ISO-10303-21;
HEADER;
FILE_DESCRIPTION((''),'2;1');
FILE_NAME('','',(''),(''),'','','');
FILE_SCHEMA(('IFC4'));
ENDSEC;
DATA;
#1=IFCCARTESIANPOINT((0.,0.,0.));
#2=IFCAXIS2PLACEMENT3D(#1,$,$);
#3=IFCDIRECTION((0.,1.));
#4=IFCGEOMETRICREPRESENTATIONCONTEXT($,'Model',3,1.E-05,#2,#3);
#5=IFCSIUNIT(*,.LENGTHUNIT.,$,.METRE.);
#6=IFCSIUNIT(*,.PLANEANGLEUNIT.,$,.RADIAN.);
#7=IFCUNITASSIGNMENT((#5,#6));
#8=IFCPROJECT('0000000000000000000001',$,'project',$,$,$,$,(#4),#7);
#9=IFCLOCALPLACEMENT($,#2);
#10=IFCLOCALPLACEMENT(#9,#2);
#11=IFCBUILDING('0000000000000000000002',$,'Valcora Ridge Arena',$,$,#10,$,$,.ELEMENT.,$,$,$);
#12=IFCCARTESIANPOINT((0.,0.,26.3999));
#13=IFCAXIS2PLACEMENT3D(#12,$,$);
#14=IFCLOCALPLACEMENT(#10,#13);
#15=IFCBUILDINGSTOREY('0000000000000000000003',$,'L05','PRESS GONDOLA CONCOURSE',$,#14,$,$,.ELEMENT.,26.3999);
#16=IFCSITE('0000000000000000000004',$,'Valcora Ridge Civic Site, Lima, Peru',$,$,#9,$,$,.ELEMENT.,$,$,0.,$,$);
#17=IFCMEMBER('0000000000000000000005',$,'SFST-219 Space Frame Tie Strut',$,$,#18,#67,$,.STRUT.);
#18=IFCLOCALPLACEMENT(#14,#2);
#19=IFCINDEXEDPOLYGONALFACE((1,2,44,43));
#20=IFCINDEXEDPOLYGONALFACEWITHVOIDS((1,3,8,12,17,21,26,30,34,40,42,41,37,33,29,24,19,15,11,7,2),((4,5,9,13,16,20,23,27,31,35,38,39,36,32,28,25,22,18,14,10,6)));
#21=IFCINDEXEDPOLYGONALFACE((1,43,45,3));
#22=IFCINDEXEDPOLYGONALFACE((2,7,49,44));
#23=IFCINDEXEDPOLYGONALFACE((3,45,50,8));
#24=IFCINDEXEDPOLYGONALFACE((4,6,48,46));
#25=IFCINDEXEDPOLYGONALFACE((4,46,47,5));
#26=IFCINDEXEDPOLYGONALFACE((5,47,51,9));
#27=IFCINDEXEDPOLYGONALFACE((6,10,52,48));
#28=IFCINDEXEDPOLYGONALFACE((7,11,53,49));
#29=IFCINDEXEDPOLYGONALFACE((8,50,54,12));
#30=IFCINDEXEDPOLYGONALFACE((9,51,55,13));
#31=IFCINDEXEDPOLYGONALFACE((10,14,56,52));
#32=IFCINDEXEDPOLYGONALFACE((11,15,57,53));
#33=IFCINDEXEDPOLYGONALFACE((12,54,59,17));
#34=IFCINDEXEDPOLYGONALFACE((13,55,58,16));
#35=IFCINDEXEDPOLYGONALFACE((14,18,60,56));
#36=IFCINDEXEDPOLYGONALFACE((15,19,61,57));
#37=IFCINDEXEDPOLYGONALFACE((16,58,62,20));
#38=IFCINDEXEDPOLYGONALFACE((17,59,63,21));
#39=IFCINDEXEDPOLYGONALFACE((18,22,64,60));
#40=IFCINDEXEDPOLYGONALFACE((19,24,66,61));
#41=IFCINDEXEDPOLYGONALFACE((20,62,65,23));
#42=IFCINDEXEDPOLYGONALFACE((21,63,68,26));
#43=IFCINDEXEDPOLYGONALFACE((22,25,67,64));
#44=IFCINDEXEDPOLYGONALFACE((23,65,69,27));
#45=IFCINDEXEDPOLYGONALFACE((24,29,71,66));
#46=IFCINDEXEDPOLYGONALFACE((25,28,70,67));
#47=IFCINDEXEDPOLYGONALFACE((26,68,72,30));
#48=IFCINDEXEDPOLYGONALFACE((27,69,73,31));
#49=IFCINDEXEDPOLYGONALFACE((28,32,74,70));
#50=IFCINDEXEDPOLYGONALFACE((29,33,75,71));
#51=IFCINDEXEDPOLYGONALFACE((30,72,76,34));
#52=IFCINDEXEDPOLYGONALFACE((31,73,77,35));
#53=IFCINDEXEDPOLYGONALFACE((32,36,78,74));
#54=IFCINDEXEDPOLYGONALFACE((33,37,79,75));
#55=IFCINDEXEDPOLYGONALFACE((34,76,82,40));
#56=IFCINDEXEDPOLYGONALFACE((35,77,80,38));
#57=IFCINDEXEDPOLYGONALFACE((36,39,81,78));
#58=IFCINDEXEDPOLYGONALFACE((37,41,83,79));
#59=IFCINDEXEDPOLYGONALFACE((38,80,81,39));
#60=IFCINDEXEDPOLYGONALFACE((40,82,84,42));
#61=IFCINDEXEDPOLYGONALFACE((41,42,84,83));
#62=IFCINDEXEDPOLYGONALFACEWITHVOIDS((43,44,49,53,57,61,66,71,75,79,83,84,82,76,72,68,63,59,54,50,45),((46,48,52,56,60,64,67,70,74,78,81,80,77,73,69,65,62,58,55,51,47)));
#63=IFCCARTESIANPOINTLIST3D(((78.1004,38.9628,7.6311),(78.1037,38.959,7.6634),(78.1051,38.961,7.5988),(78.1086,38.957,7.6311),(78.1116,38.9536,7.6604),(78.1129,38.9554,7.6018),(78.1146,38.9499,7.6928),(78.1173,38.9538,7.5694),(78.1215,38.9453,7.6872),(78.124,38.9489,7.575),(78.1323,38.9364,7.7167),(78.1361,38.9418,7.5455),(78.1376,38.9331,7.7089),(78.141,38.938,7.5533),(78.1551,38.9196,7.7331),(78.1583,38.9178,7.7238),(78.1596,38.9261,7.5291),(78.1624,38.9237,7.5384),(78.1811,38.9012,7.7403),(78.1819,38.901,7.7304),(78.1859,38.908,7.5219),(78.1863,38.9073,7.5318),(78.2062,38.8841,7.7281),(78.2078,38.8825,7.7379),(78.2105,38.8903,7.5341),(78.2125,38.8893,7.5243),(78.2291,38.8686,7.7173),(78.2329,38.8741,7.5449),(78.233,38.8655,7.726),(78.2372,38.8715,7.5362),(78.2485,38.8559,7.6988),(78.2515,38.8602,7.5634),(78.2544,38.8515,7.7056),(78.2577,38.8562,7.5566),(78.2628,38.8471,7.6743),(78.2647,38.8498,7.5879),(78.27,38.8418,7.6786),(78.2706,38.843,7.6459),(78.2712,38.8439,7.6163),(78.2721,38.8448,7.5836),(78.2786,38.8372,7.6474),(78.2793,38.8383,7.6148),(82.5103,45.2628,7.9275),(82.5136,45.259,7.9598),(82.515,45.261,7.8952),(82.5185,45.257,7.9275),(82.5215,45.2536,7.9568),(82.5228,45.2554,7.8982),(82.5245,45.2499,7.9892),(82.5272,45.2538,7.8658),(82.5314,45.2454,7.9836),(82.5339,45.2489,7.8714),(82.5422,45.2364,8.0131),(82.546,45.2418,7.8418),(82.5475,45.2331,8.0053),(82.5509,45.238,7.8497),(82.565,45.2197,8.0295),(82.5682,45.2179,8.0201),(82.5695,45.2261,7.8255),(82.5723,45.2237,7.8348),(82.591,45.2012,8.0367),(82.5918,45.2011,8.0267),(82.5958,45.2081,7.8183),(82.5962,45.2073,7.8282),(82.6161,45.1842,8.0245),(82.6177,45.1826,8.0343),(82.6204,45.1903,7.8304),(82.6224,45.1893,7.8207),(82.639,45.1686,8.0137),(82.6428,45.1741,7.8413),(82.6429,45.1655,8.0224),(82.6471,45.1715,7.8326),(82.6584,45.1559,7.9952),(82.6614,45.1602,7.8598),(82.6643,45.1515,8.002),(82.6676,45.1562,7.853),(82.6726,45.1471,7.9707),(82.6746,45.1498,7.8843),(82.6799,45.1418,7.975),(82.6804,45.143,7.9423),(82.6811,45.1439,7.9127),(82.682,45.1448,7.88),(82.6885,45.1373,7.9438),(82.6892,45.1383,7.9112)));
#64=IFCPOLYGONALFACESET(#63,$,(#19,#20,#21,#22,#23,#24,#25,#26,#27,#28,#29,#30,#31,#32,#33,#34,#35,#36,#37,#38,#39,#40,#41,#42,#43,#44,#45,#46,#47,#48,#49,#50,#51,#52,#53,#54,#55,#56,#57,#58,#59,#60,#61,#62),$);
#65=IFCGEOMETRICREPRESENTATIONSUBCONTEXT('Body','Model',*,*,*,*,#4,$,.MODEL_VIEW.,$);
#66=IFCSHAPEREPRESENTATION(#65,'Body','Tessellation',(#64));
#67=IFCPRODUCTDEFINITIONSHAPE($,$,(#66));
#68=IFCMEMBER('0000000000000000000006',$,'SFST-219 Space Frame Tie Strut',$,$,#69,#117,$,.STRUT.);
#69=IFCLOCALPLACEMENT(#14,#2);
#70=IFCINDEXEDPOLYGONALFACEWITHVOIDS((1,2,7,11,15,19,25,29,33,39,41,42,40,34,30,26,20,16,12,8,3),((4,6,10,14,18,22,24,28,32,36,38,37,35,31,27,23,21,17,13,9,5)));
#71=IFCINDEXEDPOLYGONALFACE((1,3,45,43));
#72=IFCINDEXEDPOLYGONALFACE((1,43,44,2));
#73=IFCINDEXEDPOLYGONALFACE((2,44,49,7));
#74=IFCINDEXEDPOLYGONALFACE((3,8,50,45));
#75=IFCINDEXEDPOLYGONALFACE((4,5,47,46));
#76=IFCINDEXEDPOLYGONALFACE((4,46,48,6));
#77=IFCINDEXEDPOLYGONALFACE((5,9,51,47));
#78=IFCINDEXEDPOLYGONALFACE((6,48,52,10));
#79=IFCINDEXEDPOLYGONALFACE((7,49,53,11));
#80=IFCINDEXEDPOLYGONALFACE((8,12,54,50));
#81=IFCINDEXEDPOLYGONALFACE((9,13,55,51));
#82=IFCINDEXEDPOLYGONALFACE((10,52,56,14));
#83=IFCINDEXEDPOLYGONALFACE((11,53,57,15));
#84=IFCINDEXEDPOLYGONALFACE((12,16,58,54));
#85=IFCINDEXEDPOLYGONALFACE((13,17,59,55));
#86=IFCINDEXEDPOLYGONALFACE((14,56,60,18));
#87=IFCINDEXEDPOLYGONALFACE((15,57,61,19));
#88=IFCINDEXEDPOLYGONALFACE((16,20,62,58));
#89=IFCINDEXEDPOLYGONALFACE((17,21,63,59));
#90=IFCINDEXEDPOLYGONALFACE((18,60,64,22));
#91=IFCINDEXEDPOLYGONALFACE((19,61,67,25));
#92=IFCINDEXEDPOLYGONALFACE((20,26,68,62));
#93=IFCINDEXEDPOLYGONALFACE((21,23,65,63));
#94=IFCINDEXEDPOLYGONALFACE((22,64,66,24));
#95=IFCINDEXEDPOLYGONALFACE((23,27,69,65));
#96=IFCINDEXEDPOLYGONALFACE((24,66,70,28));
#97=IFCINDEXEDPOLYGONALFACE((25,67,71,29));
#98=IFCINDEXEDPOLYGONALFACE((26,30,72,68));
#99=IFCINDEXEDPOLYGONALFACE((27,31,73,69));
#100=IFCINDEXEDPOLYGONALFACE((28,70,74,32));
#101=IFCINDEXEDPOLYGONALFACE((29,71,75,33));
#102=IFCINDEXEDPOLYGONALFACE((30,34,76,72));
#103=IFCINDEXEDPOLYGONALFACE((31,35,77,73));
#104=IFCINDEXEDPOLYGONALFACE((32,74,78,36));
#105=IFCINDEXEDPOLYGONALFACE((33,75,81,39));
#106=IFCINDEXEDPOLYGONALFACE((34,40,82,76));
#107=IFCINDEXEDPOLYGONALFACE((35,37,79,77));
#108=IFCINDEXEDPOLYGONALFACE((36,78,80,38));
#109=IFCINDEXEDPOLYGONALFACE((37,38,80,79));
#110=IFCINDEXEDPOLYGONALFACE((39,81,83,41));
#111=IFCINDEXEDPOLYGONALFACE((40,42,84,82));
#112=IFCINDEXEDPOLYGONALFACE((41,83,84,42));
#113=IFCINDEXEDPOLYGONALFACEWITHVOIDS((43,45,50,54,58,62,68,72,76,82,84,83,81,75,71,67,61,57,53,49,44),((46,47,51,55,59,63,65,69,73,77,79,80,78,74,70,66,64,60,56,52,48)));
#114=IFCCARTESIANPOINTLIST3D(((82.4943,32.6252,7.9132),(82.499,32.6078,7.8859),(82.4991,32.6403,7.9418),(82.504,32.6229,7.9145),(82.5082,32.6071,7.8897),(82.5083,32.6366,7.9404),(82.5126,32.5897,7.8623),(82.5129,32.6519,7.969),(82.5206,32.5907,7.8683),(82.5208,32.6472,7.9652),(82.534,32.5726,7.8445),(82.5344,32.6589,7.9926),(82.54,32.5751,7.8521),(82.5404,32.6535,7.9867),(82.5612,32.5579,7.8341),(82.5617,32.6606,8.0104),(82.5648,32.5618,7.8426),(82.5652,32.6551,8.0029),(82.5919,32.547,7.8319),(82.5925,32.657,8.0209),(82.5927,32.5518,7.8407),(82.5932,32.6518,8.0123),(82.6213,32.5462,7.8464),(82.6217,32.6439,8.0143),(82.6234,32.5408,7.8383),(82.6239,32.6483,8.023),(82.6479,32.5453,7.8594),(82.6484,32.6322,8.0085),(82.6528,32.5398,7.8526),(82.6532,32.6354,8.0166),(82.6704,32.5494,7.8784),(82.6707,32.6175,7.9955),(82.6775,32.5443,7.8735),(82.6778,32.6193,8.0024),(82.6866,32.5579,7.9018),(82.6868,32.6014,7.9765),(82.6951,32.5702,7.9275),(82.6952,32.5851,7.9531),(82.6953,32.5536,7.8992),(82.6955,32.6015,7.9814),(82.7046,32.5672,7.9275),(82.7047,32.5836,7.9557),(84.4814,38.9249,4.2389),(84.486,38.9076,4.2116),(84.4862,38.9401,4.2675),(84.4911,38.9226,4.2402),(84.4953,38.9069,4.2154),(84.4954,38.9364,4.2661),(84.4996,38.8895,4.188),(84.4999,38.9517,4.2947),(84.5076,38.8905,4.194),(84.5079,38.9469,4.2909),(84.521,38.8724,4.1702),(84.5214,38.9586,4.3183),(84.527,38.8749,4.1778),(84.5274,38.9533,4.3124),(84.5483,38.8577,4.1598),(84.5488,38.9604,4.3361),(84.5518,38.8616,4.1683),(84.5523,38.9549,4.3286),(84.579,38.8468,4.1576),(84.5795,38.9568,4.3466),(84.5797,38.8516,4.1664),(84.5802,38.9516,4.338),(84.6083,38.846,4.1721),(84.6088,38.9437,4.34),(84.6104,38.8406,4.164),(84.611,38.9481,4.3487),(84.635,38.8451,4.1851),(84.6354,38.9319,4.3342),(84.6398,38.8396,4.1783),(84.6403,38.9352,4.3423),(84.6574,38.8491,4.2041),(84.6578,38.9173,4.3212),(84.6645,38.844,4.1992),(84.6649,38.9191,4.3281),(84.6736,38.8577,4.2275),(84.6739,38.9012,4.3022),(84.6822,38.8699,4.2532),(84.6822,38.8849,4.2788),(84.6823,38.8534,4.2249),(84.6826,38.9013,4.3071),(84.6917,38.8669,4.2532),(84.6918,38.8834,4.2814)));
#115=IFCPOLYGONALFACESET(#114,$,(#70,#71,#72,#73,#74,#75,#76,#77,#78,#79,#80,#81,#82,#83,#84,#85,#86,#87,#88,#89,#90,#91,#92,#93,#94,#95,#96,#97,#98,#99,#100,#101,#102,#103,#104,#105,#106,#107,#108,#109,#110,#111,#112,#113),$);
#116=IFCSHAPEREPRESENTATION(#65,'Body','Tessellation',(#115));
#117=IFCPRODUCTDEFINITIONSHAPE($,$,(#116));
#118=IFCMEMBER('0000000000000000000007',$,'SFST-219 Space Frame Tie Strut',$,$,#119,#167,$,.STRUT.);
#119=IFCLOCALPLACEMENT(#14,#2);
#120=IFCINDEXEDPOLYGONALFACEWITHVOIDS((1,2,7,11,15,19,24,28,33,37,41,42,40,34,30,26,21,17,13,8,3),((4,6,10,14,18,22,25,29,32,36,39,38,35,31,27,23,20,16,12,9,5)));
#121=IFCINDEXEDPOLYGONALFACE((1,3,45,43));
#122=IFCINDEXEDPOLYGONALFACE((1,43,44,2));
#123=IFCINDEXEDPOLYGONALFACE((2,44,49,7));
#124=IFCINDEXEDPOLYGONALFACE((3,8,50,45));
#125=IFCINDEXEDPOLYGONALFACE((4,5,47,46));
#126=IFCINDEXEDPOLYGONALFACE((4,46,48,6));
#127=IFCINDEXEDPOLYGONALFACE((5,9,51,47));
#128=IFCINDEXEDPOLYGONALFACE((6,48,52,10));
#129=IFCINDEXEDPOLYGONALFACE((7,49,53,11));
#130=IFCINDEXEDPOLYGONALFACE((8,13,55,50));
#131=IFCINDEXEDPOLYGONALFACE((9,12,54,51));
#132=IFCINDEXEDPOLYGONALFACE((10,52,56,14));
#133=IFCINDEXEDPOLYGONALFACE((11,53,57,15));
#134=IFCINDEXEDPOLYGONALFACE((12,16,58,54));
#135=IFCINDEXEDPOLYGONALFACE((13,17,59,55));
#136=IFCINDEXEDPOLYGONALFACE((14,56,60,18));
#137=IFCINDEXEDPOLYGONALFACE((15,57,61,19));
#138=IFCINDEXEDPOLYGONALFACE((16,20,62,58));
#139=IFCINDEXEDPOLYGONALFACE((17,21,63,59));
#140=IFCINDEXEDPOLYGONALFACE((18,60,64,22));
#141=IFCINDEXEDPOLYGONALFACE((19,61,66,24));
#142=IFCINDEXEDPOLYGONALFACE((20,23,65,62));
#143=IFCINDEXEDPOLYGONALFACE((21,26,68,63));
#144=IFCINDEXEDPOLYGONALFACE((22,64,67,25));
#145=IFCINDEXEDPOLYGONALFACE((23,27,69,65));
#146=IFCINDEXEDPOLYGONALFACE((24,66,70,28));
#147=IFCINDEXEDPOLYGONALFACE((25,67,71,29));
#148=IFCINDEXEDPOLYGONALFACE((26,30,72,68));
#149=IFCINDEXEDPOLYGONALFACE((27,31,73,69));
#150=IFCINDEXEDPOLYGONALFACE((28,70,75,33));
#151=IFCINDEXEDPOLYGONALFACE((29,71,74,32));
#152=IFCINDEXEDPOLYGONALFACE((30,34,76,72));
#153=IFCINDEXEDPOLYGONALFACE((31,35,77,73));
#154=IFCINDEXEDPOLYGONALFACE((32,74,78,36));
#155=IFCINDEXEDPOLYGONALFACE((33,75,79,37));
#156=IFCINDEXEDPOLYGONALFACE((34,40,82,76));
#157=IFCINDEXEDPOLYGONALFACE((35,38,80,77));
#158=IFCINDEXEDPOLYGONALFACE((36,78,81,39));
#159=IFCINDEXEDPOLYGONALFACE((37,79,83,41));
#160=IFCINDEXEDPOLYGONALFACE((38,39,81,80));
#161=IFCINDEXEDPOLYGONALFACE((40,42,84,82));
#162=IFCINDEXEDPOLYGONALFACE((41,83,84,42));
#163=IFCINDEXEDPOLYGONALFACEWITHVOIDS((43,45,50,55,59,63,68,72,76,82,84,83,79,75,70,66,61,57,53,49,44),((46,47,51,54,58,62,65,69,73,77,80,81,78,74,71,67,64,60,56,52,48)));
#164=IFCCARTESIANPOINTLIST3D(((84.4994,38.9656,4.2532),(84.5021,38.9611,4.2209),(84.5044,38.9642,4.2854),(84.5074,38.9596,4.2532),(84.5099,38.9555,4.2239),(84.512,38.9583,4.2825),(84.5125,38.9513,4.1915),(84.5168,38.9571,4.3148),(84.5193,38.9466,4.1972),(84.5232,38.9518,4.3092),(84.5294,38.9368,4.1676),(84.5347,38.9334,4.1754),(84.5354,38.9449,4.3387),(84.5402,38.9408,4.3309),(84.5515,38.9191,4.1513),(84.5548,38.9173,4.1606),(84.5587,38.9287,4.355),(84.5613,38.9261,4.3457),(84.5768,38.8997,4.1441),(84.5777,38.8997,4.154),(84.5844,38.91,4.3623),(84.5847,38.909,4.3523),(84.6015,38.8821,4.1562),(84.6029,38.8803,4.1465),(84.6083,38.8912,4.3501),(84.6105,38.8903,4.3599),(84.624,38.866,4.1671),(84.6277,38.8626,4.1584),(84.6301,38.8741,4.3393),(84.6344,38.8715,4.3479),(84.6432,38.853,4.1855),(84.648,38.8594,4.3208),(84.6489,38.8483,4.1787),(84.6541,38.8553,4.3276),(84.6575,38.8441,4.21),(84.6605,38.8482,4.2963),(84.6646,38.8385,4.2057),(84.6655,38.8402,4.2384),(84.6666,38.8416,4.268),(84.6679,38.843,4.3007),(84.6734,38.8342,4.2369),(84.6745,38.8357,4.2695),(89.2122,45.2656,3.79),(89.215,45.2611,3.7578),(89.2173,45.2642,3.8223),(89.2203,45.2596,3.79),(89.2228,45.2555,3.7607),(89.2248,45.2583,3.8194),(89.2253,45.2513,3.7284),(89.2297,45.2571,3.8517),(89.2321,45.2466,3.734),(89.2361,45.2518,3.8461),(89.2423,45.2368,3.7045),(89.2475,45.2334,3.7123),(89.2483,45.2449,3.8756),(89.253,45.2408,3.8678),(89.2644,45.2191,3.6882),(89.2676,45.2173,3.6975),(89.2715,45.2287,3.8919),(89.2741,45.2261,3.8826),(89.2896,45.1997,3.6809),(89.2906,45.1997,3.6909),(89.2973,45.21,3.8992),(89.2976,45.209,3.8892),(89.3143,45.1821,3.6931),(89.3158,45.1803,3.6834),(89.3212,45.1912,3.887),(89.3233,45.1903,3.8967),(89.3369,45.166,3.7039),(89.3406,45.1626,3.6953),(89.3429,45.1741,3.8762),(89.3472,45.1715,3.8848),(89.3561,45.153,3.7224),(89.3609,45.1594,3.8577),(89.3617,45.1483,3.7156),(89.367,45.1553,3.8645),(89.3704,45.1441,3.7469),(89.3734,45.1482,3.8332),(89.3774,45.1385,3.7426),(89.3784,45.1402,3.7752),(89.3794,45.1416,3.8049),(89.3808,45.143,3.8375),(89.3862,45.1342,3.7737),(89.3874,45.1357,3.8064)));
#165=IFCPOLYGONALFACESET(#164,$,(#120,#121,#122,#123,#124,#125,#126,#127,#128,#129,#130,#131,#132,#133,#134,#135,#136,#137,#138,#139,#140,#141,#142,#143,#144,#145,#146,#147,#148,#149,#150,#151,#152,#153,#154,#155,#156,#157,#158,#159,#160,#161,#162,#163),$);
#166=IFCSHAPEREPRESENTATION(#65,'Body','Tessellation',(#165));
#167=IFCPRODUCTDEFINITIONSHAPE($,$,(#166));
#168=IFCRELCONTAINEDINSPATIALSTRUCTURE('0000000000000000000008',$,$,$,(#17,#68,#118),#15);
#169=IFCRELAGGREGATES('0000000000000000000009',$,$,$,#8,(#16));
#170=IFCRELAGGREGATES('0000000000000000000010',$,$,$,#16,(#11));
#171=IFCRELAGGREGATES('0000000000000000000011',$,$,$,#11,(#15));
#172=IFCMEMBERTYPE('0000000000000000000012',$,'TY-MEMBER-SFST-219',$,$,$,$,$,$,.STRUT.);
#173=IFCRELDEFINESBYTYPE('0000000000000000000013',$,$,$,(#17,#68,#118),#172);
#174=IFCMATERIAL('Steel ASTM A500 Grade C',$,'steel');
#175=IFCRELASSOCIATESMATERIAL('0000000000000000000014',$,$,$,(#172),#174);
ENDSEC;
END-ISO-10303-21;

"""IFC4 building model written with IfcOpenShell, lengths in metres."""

from ifc_helpers import new_model, si_unit, direction, frame, origin, origin_2d, place, context, subcontext, project, spatial, hollow_circle, extrude, material, material_profile, profile_set, type_object, element, save


model = new_model("IFC4")

# Units and contexts
model_context = context("Model", 3, precision=1e-05, world=origin(), true_north=direction((0.0, 1.0)))
body_context = subcontext(model_context, "Body", "Model", "MODEL_VIEW")
ifc_project = project(units=[si_unit("LENGTHUNIT", "METRE"), si_unit("PLANEANGLEUNIT", "RADIAN")], contexts=[model_context])

# Site, building, storey
site_placement = place(None, origin())
site = spatial("IfcSite", under=ifc_project, at=site_placement, Name="Valcora Ridge Civic Site, Lima, Peru", CompositionType="ELEMENT", RefElevation=0.0)
building_placement = place(site_placement, origin())
building = spatial("IfcBuilding", under=site, at=building_placement, Name="Valcora Ridge Arena", CompositionType="ELEMENT")
storey_placement = place(building_placement, frame((0.0, 0.0, 26.3999)))
storey = spatial("IfcBuildingStorey", under=building, at=storey_placement, Name="L05", Description="PRESS GONDOLA CONCOURSE", CompositionType="ELEMENT", Elevation=26.3999)

# Members
ifc_material_1 = material(Name="Steel ASTM A500 Grade C", Category="steel")
ifc_material_profile_1 = material_profile(ifc_material_1, hollow_circle(Radius=0.1096, WallThickness=0.01, at=origin_2d()), Name="CHS219X10")
ifc_profile_set_1 = profile_set([ifc_material_profile_1], Name="Steel ASTM A500 Grade C")
member_type_1 = type_object("IfcMemberType", Name="TY-MEMBER-SFST-219", PredefinedType="STRUT", material=ifc_profile_set_1)
member_1_placement = place(storey_placement, frame((78.1902, 38.8999, 7.6311), z_axis=(0.573026, 0.818632, 0.038513), x_axis=(-0.819239, 0.573452, 0.0)))
element("IfcMember", 1, at=member_1_placement, inside=storey, type_object=member_type_1, Name="SFST-219 Space Frame Tie Strut", PredefinedType="STRUT", context=body_context, shape_type="SweptSolid", body=[
    extrude(hollow_circle(Radius=0.1096, WallThickness=0.01, at=origin_2d()), origin(), (0.0, 0.0, 1.0), 7.6958),
])
member_2_placement = place(storey_placement, frame((84.5872, 38.8999, 4.2532), z_axis=(-0.262878, -0.833432, 0.486093), x_axis=(0.953685, -0.300808, 0.0)))
element("IfcMember", 2, at=member_2_placement, inside=storey, type_object=member_type_1, Name="SFST-219 Space Frame Tie Strut", PredefinedType="STRUT", context=body_context, shape_type="SweptSolid", body=[
    extrude(hollow_circle(Radius=0.1096, WallThickness=0.01, at=origin_2d()), origin(), (0.0, 0.0, 1.0), 7.5588),
])
member_3_placement = place(storey_placement, frame((84.5872, 38.8999, 4.2532), z_axis=(0.597976, 0.799357, -0.058763), x_axis=(-0.80074, 0.599012, 0.0)))
element("IfcMember", 3, at=member_3_placement, inside=storey, type_object=member_type_1, Name="SFST-219 Space Frame Tie Strut", PredefinedType="STRUT", context=body_context, shape_type="SweptSolid", body=[
    extrude(hollow_circle(Radius=0.1096, WallThickness=0.01, at=origin_2d()), origin(), (0.0, 0.0, 1.0), 7.8813),
])

save(model, "model.ifc")
